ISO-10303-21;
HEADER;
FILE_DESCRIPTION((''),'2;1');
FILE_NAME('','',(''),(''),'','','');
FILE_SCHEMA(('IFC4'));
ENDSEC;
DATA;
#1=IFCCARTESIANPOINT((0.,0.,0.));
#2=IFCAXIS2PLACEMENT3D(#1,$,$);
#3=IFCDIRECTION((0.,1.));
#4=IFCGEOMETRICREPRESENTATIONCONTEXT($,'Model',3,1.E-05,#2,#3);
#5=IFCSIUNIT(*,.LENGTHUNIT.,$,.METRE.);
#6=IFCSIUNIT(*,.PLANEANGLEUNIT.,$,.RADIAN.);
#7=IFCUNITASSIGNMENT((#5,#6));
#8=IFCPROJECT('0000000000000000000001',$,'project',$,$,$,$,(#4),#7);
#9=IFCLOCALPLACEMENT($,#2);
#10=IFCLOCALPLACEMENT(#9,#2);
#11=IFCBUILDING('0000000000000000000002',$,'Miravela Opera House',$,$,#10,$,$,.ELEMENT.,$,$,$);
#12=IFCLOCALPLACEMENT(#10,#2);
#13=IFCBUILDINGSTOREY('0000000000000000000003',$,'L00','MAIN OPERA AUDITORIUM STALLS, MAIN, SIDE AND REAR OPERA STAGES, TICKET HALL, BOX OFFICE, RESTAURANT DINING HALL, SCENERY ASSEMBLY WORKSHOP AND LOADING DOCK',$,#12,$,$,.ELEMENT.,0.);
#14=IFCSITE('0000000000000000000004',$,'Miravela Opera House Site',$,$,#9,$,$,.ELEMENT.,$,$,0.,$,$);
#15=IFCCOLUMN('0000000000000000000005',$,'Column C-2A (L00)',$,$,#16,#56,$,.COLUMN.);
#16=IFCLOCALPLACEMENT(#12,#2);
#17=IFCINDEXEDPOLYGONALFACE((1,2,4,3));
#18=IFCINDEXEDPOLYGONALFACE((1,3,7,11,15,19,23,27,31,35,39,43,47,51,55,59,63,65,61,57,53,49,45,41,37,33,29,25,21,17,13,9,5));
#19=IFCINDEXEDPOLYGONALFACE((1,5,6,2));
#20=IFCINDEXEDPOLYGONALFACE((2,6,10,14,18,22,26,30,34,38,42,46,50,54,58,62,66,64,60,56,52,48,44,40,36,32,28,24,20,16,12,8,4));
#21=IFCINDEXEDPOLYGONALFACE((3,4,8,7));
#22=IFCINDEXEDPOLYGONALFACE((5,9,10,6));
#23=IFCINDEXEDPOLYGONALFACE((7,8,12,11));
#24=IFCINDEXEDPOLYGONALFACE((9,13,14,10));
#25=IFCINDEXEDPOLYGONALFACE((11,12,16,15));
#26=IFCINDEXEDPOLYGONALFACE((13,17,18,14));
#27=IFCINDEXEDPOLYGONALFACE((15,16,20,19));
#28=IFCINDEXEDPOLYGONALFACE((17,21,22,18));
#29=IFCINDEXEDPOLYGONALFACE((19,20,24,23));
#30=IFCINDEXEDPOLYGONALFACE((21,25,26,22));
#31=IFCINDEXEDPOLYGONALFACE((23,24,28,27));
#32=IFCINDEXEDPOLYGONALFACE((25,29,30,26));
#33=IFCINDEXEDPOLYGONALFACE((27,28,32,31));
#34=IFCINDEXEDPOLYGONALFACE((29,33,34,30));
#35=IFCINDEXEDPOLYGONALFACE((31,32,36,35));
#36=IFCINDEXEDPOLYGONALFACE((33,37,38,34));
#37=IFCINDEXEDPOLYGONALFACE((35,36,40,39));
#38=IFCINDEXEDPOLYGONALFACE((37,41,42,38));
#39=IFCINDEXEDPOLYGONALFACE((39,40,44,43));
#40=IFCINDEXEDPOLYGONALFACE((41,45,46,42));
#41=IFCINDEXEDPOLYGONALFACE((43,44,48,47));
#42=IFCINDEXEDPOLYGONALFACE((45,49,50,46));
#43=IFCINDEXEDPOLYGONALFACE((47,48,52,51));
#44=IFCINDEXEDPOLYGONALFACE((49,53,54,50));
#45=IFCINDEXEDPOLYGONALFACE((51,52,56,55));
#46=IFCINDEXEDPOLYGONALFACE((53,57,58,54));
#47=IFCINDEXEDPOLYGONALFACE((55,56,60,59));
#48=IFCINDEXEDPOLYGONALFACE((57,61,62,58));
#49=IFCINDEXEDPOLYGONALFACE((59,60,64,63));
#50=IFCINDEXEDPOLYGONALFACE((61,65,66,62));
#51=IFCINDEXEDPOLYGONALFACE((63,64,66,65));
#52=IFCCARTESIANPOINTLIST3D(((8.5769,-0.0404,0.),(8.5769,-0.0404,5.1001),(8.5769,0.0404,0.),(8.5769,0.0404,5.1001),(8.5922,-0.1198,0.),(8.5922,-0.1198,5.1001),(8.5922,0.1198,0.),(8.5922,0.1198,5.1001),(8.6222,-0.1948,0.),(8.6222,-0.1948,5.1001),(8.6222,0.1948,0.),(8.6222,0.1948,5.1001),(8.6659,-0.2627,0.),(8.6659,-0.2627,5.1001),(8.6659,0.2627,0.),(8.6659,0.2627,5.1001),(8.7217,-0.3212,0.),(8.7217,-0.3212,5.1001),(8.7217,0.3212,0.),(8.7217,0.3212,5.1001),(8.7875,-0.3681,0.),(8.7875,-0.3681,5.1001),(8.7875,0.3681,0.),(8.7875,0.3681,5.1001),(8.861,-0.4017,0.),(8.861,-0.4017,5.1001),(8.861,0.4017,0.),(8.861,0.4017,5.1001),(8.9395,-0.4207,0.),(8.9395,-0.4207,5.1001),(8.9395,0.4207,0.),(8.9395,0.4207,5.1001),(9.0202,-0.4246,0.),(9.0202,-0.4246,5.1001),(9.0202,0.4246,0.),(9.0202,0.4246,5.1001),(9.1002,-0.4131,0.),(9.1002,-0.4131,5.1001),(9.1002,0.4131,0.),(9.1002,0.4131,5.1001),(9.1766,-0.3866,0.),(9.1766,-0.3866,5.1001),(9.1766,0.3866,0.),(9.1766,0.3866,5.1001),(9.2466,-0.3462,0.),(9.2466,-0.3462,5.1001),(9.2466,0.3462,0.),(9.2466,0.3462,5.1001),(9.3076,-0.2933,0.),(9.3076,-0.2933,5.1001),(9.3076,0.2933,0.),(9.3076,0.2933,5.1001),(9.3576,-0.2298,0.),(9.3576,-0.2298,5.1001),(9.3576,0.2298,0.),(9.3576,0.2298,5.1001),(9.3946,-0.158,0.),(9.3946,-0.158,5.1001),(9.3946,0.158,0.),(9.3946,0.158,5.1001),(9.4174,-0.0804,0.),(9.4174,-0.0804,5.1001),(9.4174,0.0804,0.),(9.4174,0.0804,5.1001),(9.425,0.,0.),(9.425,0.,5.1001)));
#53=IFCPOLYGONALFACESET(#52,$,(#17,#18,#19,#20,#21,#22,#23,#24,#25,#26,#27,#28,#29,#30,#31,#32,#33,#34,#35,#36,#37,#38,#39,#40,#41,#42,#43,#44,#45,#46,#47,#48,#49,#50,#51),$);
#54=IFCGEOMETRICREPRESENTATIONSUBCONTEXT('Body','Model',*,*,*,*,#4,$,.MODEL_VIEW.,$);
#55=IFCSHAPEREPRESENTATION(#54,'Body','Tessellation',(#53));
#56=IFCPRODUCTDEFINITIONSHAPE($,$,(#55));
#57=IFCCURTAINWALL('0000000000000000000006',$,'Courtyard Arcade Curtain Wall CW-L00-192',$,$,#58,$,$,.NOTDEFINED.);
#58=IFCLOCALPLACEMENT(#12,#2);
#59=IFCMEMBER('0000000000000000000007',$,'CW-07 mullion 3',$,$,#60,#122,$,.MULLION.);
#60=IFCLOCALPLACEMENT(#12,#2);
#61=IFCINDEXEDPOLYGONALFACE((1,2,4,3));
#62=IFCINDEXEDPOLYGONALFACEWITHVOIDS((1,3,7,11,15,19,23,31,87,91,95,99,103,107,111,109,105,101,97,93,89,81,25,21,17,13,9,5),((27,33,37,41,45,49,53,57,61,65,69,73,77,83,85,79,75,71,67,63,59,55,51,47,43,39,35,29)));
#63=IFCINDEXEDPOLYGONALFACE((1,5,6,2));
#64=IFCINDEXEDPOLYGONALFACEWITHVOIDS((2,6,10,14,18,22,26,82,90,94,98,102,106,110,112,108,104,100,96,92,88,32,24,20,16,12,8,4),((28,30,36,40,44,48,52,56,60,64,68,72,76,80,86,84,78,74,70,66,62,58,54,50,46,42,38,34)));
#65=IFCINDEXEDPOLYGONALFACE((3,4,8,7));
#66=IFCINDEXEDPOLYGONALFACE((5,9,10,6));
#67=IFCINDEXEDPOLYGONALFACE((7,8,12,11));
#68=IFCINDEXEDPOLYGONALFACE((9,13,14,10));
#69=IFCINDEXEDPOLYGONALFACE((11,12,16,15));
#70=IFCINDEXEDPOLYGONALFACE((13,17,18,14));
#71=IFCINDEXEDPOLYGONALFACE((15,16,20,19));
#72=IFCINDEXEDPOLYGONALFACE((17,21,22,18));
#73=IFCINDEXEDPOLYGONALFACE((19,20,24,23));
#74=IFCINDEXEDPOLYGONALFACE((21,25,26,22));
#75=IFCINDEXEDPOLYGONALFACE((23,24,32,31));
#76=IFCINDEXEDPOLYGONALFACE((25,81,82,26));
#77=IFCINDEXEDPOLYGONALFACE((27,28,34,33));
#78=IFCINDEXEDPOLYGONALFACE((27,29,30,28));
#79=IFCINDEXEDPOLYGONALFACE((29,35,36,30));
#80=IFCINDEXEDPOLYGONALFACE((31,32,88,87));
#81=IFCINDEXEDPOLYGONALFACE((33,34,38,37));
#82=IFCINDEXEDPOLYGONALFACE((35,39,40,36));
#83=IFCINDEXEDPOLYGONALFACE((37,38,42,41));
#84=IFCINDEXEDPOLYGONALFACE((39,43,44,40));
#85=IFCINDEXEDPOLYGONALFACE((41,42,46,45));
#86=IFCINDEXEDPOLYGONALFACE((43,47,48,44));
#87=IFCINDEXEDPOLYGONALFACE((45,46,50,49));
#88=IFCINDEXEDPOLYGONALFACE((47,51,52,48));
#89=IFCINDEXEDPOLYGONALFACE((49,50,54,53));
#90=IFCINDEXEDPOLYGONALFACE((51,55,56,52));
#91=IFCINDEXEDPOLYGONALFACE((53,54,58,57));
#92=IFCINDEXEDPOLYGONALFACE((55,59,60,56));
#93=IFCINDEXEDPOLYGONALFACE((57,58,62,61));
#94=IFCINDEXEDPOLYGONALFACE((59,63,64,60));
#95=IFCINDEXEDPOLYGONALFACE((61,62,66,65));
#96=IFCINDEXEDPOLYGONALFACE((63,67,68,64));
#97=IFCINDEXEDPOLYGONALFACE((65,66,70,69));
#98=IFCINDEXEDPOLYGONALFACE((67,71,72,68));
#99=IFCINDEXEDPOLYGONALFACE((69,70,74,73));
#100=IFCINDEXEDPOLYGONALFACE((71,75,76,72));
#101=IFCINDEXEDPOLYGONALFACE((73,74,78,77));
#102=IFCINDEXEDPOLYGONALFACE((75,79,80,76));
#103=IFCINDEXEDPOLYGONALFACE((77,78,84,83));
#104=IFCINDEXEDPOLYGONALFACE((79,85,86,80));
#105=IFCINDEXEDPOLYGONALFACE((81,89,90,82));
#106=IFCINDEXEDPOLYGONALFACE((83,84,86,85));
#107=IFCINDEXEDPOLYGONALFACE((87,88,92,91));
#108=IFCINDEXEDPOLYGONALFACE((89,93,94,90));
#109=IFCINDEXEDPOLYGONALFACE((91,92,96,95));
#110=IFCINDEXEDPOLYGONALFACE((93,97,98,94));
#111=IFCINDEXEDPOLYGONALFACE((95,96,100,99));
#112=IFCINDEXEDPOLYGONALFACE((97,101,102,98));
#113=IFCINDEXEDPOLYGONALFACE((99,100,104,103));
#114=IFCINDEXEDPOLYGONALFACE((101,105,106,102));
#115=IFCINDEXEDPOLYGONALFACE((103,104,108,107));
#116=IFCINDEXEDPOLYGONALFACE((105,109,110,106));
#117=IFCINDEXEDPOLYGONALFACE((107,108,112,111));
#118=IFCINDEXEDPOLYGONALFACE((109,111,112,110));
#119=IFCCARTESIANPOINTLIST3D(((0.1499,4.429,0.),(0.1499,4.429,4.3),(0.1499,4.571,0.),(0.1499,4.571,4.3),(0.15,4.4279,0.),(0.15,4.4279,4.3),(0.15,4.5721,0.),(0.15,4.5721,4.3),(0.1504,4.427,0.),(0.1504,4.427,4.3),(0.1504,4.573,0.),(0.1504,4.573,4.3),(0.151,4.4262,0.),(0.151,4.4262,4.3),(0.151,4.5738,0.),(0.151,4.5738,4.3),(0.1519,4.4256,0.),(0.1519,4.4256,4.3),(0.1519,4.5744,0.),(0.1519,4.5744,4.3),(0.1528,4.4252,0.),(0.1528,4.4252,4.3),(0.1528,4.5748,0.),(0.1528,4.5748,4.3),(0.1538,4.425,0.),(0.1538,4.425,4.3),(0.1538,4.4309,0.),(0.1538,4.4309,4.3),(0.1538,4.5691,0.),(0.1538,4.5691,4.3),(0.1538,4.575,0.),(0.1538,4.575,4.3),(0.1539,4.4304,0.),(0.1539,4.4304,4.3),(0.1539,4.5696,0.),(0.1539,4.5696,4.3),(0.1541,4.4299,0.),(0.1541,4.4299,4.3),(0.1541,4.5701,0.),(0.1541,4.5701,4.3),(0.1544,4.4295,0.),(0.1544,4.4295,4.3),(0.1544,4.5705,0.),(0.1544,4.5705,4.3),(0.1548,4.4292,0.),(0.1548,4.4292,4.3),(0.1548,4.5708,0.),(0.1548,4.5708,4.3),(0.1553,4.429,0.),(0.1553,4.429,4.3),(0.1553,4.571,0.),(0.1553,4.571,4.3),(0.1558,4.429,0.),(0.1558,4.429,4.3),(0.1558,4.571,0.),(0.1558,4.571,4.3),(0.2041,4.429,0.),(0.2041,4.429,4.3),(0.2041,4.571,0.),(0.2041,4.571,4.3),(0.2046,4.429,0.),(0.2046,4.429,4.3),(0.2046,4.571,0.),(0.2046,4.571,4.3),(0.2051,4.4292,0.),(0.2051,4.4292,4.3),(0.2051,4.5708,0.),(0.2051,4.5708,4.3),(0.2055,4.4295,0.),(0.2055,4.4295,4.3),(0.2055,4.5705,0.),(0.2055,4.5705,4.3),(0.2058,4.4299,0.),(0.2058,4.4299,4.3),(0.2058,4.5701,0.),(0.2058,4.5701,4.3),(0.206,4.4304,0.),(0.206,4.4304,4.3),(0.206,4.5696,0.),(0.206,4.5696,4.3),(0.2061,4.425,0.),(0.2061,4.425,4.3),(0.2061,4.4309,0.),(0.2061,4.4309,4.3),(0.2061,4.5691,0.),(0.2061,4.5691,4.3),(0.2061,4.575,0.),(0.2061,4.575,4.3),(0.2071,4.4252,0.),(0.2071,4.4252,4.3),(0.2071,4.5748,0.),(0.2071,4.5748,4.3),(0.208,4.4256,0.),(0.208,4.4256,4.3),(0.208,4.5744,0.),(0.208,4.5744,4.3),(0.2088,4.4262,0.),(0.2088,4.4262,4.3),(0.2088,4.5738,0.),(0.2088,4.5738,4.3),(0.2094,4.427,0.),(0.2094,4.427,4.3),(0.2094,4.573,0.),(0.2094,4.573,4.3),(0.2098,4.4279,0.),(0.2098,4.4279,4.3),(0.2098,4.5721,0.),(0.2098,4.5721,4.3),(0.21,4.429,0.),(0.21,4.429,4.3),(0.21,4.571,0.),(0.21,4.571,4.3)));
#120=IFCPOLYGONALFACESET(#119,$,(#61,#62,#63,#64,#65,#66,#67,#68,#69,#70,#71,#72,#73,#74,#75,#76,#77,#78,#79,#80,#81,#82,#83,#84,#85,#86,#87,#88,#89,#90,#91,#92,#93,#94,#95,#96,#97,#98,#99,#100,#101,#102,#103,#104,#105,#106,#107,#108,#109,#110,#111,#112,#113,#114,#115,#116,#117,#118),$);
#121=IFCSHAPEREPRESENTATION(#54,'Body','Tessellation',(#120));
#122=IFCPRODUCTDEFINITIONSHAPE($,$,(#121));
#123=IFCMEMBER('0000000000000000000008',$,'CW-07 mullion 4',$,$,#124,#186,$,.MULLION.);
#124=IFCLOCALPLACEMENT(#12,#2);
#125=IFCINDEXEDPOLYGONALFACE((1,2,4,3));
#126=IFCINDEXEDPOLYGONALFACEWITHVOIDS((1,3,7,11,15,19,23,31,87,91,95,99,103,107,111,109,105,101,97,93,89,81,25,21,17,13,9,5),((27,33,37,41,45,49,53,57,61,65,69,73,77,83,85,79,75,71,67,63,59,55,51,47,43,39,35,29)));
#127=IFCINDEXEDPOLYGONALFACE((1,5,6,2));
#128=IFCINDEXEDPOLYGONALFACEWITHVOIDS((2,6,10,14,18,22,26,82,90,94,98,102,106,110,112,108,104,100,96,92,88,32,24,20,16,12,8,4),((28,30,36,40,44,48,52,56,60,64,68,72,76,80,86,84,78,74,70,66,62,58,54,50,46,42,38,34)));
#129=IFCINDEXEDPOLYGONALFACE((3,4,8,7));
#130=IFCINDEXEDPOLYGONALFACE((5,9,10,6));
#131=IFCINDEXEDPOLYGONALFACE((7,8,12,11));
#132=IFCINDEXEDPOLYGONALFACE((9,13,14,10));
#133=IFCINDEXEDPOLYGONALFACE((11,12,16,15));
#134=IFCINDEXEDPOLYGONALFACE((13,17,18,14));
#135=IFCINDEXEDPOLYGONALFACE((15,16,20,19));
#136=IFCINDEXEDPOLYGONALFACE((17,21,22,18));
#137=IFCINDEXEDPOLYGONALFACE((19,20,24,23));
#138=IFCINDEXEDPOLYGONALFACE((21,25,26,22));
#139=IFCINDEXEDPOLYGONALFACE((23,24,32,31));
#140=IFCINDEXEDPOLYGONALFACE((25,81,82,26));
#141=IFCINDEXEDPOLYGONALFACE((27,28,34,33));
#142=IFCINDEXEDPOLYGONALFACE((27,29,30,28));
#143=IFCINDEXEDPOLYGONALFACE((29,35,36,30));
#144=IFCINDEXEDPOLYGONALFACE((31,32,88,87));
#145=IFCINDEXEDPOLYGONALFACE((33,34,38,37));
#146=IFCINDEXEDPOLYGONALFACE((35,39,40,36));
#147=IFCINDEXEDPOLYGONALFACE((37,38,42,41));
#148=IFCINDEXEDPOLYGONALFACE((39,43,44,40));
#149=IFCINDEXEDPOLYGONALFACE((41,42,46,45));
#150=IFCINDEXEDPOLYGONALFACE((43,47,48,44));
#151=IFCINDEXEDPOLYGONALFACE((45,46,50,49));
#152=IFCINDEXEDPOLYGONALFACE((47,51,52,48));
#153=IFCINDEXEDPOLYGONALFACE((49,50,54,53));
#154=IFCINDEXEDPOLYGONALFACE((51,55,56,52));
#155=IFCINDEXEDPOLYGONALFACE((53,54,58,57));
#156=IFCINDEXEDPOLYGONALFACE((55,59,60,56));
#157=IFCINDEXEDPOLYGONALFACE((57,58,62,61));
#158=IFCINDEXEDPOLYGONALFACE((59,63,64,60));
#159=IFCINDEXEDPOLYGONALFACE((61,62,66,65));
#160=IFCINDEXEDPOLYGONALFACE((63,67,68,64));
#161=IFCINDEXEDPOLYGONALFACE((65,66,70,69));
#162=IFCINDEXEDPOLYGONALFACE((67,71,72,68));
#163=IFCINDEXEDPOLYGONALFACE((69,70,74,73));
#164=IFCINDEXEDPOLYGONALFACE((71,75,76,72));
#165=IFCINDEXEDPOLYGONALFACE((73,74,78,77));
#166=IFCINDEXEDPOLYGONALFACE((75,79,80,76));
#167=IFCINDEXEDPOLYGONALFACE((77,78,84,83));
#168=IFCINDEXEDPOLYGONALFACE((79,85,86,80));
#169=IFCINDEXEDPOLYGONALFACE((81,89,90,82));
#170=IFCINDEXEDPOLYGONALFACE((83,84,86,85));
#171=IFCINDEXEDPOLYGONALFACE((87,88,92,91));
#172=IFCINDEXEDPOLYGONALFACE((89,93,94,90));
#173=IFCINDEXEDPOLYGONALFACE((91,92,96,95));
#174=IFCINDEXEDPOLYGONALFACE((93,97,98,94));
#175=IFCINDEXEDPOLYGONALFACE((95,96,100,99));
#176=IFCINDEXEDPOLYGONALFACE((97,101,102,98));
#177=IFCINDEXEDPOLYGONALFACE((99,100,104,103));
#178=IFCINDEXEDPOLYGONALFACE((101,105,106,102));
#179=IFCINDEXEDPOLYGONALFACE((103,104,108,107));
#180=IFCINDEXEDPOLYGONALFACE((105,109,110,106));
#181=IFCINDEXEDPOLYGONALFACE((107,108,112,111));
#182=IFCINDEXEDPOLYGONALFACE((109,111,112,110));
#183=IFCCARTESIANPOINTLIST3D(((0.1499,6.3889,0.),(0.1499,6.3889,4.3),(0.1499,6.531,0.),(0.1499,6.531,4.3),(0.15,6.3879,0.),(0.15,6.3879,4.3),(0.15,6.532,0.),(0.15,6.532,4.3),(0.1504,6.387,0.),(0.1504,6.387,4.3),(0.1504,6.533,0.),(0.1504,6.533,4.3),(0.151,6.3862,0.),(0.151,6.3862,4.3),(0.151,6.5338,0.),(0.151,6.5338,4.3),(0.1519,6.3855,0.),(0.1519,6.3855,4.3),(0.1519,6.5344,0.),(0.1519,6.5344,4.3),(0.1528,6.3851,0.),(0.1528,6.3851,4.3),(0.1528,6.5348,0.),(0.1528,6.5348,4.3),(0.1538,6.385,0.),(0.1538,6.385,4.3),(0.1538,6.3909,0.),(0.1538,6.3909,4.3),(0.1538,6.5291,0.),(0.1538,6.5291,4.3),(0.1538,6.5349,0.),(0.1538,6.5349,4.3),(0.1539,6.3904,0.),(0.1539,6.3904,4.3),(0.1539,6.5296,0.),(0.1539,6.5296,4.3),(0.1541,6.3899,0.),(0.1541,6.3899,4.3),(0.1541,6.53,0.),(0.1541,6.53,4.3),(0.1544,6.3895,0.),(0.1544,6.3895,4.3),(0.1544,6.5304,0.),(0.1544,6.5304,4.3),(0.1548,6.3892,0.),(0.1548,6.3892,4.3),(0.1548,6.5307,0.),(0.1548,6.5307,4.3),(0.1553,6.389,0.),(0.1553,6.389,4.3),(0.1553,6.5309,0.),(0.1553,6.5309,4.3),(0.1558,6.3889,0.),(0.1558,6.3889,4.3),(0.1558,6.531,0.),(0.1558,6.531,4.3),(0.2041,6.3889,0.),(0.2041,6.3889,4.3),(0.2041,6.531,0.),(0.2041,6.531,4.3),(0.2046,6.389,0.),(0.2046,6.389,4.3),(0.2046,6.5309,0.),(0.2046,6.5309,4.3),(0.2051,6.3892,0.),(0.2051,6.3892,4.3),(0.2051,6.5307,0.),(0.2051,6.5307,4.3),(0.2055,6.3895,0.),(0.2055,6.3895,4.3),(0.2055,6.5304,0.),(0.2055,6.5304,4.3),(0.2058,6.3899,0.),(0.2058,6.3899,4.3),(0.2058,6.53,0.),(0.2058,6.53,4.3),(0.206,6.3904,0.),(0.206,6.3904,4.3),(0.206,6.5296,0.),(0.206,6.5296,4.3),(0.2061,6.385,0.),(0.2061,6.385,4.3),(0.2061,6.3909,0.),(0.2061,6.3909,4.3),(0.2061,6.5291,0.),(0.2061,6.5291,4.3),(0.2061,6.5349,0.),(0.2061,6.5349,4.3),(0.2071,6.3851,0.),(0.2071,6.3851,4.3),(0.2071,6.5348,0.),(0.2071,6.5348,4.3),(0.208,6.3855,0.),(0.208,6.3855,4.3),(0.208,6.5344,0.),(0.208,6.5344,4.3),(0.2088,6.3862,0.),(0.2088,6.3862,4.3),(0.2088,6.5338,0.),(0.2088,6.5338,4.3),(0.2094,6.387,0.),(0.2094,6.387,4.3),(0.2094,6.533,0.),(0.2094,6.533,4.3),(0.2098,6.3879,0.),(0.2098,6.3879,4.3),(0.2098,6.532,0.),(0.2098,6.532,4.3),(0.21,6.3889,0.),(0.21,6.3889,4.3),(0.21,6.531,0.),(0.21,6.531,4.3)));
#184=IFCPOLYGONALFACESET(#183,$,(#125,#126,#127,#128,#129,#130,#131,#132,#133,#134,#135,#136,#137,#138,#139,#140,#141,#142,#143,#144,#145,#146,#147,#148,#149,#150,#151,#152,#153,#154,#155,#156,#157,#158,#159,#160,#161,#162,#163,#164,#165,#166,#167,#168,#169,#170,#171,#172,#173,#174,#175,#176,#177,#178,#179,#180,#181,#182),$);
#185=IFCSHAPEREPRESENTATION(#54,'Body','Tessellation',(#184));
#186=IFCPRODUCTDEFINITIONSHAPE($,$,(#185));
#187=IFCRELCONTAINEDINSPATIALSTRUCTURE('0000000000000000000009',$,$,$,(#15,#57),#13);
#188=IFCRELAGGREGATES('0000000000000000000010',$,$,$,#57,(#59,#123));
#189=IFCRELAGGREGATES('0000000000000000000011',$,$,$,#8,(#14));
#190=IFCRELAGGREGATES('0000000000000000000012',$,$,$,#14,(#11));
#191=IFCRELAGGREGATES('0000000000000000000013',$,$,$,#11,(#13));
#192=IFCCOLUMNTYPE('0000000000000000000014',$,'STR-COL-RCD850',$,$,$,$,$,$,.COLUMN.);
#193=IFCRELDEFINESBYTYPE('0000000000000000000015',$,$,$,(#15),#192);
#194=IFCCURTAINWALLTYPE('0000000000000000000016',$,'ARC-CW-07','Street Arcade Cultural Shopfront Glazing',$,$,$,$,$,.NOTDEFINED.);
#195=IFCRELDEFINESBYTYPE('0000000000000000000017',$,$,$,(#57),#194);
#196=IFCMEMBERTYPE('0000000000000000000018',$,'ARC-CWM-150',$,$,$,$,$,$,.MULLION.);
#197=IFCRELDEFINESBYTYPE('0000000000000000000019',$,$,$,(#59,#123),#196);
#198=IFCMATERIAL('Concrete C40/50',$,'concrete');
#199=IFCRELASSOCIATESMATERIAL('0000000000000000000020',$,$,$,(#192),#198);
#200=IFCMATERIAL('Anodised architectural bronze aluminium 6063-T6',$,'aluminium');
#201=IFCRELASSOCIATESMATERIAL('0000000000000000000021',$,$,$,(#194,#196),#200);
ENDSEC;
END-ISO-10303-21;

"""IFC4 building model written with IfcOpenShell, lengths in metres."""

from ifc_helpers import new_model, si_unit, direction, frame, origin, origin_2d, place, context, subcontext, project, spatial, hollow_rectangle, circle, extrude, material, material_profile, profile_set, type_object, element, aggregate, save


model = new_model("IFC4")

# Units and contexts
model_context = context("Model", 3, precision=1e-05, world=origin(), true_north=direction((0.0, 1.0)))
body_context = subcontext(model_context, "Body", "Model", "MODEL_VIEW")
ifc_project = project(units=[si_unit("LENGTHUNIT", "METRE"), si_unit("PLANEANGLEUNIT", "RADIAN")], contexts=[model_context])

# Site, building, storey
site_placement = place(None, origin())
site = spatial("IfcSite", under=ifc_project, at=site_placement, Name="Miravela Opera House Site", CompositionType="ELEMENT", RefElevation=0.0)
building_placement = place(site_placement, origin())
building = spatial("IfcBuilding", under=site, at=building_placement, Name="Miravela Opera House", CompositionType="ELEMENT")
storey_placement = place(building_placement, origin())
storey = spatial("IfcBuildingStorey", under=building, at=storey_placement, Name="L00", Description="MAIN OPERA AUDITORIUM STALLS, MAIN, SIDE AND REAR OPERA STAGES, TICKET HALL, BOX OFFICE, RESTAURANT DINING HALL, SCENERY ASSEMBLY WORKSHOP AND LOADING DOCK", CompositionType="ELEMENT", Elevation=0.0)

# Column
ifc_material_1 = material(Name="Concrete C40/50", Category="concrete")
ifc_material_profile_1 = material_profile(ifc_material_1, circle(Radius=0.425, at=origin_2d()), Name="RC-COL-D850")
ifc_profile_set_1 = profile_set([ifc_material_profile_1])
column_type = type_object("IfcColumnType", Name="STR-COL-RCD850", PredefinedType="COLUMN", material=ifc_profile_set_1)
column_placement = place(storey_placement, frame((9.0, 0.0, 0.0), z_axis=(0.0, 0.0, 1.0), x_axis=(1.0, 0.0, 0.0)))
element("IfcColumn", 1, at=column_placement, inside=storey, type_object=column_type, Name="Column C-2A (L00)", PredefinedType="COLUMN", context=body_context, shape_type="SweptSolid", body=[
    extrude(circle(Radius=0.425, at=origin_2d()), origin(), (0.0, 0.0, 1.0), 5.1001),
])

# Curtain wall, members
ifc_material_2 = material(Name="Anodised architectural bronze aluminium 6063-T6", Category="aluminium")
curtain_wall_type = type_object("IfcCurtainWallType", Name="ARC-CW-07", Description="Street Arcade Cultural Shopfront Glazing", PredefinedType="NOTDEFINED", material=ifc_material_2)
curtain_wall_placement = place(storey_placement, origin())
curtain_wall = element("IfcCurtainWall", 2, at=curtain_wall_placement, inside=storey, type_object=curtain_wall_type, Name="Courtyard Arcade Curtain Wall CW-L00-192", PredefinedType="NOTDEFINED")
ifc_material_profile_2 = material_profile(ifc_material_2, hollow_rectangle(XDim=0.0601, YDim=0.1499, WallThickness=0.0039, InnerFilletRadius=0.002, OuterFilletRadius=0.0039, at=origin_2d()), Name="CWM-60X150")
ifc_profile_set_2 = profile_set([ifc_material_profile_2])
member_type_1 = type_object("IfcMemberType", Name="ARC-CWM-150", PredefinedType="MULLION", material=ifc_profile_set_2)
member_1_placement = place(storey_placement, frame((0.1799, 4.5, 0.0), z_axis=(0.0, 0.0, 1.0), x_axis=(-1.0, 0.0, 0.0)))
member_1 = element("IfcMember", 3, at=member_1_placement, type_object=member_type_1, Name="CW-07 mullion 3", PredefinedType="MULLION", context=body_context, shape_type="SweptSolid", body=[
    extrude(hollow_rectangle(XDim=0.0601, YDim=0.1499, WallThickness=0.0039, InnerFilletRadius=0.002, OuterFilletRadius=0.0039, at=origin_2d()), origin(), (0.0, 0.0, 1.0), 4.3),
])
member_2_placement = place(storey_placement, frame((0.1799, 6.46, 0.0), z_axis=(0.0, 0.0, 1.0), x_axis=(-1.0, 0.0, 0.0)))
member_2 = element("IfcMember", 4, at=member_2_placement, type_object=member_type_1, Name="CW-07 mullion 4", PredefinedType="MULLION", context=body_context, shape_type="SweptSolid", body=[
    extrude(hollow_rectangle(XDim=0.0601, YDim=0.1499, WallThickness=0.0039, InnerFilletRadius=0.002, OuterFilletRadius=0.0039, at=origin_2d()), origin(), (0.0, 0.0, 1.0), 4.3),
])

aggregate(curtain_wall, [member_1, member_2])

save(model, "model.ifc")
